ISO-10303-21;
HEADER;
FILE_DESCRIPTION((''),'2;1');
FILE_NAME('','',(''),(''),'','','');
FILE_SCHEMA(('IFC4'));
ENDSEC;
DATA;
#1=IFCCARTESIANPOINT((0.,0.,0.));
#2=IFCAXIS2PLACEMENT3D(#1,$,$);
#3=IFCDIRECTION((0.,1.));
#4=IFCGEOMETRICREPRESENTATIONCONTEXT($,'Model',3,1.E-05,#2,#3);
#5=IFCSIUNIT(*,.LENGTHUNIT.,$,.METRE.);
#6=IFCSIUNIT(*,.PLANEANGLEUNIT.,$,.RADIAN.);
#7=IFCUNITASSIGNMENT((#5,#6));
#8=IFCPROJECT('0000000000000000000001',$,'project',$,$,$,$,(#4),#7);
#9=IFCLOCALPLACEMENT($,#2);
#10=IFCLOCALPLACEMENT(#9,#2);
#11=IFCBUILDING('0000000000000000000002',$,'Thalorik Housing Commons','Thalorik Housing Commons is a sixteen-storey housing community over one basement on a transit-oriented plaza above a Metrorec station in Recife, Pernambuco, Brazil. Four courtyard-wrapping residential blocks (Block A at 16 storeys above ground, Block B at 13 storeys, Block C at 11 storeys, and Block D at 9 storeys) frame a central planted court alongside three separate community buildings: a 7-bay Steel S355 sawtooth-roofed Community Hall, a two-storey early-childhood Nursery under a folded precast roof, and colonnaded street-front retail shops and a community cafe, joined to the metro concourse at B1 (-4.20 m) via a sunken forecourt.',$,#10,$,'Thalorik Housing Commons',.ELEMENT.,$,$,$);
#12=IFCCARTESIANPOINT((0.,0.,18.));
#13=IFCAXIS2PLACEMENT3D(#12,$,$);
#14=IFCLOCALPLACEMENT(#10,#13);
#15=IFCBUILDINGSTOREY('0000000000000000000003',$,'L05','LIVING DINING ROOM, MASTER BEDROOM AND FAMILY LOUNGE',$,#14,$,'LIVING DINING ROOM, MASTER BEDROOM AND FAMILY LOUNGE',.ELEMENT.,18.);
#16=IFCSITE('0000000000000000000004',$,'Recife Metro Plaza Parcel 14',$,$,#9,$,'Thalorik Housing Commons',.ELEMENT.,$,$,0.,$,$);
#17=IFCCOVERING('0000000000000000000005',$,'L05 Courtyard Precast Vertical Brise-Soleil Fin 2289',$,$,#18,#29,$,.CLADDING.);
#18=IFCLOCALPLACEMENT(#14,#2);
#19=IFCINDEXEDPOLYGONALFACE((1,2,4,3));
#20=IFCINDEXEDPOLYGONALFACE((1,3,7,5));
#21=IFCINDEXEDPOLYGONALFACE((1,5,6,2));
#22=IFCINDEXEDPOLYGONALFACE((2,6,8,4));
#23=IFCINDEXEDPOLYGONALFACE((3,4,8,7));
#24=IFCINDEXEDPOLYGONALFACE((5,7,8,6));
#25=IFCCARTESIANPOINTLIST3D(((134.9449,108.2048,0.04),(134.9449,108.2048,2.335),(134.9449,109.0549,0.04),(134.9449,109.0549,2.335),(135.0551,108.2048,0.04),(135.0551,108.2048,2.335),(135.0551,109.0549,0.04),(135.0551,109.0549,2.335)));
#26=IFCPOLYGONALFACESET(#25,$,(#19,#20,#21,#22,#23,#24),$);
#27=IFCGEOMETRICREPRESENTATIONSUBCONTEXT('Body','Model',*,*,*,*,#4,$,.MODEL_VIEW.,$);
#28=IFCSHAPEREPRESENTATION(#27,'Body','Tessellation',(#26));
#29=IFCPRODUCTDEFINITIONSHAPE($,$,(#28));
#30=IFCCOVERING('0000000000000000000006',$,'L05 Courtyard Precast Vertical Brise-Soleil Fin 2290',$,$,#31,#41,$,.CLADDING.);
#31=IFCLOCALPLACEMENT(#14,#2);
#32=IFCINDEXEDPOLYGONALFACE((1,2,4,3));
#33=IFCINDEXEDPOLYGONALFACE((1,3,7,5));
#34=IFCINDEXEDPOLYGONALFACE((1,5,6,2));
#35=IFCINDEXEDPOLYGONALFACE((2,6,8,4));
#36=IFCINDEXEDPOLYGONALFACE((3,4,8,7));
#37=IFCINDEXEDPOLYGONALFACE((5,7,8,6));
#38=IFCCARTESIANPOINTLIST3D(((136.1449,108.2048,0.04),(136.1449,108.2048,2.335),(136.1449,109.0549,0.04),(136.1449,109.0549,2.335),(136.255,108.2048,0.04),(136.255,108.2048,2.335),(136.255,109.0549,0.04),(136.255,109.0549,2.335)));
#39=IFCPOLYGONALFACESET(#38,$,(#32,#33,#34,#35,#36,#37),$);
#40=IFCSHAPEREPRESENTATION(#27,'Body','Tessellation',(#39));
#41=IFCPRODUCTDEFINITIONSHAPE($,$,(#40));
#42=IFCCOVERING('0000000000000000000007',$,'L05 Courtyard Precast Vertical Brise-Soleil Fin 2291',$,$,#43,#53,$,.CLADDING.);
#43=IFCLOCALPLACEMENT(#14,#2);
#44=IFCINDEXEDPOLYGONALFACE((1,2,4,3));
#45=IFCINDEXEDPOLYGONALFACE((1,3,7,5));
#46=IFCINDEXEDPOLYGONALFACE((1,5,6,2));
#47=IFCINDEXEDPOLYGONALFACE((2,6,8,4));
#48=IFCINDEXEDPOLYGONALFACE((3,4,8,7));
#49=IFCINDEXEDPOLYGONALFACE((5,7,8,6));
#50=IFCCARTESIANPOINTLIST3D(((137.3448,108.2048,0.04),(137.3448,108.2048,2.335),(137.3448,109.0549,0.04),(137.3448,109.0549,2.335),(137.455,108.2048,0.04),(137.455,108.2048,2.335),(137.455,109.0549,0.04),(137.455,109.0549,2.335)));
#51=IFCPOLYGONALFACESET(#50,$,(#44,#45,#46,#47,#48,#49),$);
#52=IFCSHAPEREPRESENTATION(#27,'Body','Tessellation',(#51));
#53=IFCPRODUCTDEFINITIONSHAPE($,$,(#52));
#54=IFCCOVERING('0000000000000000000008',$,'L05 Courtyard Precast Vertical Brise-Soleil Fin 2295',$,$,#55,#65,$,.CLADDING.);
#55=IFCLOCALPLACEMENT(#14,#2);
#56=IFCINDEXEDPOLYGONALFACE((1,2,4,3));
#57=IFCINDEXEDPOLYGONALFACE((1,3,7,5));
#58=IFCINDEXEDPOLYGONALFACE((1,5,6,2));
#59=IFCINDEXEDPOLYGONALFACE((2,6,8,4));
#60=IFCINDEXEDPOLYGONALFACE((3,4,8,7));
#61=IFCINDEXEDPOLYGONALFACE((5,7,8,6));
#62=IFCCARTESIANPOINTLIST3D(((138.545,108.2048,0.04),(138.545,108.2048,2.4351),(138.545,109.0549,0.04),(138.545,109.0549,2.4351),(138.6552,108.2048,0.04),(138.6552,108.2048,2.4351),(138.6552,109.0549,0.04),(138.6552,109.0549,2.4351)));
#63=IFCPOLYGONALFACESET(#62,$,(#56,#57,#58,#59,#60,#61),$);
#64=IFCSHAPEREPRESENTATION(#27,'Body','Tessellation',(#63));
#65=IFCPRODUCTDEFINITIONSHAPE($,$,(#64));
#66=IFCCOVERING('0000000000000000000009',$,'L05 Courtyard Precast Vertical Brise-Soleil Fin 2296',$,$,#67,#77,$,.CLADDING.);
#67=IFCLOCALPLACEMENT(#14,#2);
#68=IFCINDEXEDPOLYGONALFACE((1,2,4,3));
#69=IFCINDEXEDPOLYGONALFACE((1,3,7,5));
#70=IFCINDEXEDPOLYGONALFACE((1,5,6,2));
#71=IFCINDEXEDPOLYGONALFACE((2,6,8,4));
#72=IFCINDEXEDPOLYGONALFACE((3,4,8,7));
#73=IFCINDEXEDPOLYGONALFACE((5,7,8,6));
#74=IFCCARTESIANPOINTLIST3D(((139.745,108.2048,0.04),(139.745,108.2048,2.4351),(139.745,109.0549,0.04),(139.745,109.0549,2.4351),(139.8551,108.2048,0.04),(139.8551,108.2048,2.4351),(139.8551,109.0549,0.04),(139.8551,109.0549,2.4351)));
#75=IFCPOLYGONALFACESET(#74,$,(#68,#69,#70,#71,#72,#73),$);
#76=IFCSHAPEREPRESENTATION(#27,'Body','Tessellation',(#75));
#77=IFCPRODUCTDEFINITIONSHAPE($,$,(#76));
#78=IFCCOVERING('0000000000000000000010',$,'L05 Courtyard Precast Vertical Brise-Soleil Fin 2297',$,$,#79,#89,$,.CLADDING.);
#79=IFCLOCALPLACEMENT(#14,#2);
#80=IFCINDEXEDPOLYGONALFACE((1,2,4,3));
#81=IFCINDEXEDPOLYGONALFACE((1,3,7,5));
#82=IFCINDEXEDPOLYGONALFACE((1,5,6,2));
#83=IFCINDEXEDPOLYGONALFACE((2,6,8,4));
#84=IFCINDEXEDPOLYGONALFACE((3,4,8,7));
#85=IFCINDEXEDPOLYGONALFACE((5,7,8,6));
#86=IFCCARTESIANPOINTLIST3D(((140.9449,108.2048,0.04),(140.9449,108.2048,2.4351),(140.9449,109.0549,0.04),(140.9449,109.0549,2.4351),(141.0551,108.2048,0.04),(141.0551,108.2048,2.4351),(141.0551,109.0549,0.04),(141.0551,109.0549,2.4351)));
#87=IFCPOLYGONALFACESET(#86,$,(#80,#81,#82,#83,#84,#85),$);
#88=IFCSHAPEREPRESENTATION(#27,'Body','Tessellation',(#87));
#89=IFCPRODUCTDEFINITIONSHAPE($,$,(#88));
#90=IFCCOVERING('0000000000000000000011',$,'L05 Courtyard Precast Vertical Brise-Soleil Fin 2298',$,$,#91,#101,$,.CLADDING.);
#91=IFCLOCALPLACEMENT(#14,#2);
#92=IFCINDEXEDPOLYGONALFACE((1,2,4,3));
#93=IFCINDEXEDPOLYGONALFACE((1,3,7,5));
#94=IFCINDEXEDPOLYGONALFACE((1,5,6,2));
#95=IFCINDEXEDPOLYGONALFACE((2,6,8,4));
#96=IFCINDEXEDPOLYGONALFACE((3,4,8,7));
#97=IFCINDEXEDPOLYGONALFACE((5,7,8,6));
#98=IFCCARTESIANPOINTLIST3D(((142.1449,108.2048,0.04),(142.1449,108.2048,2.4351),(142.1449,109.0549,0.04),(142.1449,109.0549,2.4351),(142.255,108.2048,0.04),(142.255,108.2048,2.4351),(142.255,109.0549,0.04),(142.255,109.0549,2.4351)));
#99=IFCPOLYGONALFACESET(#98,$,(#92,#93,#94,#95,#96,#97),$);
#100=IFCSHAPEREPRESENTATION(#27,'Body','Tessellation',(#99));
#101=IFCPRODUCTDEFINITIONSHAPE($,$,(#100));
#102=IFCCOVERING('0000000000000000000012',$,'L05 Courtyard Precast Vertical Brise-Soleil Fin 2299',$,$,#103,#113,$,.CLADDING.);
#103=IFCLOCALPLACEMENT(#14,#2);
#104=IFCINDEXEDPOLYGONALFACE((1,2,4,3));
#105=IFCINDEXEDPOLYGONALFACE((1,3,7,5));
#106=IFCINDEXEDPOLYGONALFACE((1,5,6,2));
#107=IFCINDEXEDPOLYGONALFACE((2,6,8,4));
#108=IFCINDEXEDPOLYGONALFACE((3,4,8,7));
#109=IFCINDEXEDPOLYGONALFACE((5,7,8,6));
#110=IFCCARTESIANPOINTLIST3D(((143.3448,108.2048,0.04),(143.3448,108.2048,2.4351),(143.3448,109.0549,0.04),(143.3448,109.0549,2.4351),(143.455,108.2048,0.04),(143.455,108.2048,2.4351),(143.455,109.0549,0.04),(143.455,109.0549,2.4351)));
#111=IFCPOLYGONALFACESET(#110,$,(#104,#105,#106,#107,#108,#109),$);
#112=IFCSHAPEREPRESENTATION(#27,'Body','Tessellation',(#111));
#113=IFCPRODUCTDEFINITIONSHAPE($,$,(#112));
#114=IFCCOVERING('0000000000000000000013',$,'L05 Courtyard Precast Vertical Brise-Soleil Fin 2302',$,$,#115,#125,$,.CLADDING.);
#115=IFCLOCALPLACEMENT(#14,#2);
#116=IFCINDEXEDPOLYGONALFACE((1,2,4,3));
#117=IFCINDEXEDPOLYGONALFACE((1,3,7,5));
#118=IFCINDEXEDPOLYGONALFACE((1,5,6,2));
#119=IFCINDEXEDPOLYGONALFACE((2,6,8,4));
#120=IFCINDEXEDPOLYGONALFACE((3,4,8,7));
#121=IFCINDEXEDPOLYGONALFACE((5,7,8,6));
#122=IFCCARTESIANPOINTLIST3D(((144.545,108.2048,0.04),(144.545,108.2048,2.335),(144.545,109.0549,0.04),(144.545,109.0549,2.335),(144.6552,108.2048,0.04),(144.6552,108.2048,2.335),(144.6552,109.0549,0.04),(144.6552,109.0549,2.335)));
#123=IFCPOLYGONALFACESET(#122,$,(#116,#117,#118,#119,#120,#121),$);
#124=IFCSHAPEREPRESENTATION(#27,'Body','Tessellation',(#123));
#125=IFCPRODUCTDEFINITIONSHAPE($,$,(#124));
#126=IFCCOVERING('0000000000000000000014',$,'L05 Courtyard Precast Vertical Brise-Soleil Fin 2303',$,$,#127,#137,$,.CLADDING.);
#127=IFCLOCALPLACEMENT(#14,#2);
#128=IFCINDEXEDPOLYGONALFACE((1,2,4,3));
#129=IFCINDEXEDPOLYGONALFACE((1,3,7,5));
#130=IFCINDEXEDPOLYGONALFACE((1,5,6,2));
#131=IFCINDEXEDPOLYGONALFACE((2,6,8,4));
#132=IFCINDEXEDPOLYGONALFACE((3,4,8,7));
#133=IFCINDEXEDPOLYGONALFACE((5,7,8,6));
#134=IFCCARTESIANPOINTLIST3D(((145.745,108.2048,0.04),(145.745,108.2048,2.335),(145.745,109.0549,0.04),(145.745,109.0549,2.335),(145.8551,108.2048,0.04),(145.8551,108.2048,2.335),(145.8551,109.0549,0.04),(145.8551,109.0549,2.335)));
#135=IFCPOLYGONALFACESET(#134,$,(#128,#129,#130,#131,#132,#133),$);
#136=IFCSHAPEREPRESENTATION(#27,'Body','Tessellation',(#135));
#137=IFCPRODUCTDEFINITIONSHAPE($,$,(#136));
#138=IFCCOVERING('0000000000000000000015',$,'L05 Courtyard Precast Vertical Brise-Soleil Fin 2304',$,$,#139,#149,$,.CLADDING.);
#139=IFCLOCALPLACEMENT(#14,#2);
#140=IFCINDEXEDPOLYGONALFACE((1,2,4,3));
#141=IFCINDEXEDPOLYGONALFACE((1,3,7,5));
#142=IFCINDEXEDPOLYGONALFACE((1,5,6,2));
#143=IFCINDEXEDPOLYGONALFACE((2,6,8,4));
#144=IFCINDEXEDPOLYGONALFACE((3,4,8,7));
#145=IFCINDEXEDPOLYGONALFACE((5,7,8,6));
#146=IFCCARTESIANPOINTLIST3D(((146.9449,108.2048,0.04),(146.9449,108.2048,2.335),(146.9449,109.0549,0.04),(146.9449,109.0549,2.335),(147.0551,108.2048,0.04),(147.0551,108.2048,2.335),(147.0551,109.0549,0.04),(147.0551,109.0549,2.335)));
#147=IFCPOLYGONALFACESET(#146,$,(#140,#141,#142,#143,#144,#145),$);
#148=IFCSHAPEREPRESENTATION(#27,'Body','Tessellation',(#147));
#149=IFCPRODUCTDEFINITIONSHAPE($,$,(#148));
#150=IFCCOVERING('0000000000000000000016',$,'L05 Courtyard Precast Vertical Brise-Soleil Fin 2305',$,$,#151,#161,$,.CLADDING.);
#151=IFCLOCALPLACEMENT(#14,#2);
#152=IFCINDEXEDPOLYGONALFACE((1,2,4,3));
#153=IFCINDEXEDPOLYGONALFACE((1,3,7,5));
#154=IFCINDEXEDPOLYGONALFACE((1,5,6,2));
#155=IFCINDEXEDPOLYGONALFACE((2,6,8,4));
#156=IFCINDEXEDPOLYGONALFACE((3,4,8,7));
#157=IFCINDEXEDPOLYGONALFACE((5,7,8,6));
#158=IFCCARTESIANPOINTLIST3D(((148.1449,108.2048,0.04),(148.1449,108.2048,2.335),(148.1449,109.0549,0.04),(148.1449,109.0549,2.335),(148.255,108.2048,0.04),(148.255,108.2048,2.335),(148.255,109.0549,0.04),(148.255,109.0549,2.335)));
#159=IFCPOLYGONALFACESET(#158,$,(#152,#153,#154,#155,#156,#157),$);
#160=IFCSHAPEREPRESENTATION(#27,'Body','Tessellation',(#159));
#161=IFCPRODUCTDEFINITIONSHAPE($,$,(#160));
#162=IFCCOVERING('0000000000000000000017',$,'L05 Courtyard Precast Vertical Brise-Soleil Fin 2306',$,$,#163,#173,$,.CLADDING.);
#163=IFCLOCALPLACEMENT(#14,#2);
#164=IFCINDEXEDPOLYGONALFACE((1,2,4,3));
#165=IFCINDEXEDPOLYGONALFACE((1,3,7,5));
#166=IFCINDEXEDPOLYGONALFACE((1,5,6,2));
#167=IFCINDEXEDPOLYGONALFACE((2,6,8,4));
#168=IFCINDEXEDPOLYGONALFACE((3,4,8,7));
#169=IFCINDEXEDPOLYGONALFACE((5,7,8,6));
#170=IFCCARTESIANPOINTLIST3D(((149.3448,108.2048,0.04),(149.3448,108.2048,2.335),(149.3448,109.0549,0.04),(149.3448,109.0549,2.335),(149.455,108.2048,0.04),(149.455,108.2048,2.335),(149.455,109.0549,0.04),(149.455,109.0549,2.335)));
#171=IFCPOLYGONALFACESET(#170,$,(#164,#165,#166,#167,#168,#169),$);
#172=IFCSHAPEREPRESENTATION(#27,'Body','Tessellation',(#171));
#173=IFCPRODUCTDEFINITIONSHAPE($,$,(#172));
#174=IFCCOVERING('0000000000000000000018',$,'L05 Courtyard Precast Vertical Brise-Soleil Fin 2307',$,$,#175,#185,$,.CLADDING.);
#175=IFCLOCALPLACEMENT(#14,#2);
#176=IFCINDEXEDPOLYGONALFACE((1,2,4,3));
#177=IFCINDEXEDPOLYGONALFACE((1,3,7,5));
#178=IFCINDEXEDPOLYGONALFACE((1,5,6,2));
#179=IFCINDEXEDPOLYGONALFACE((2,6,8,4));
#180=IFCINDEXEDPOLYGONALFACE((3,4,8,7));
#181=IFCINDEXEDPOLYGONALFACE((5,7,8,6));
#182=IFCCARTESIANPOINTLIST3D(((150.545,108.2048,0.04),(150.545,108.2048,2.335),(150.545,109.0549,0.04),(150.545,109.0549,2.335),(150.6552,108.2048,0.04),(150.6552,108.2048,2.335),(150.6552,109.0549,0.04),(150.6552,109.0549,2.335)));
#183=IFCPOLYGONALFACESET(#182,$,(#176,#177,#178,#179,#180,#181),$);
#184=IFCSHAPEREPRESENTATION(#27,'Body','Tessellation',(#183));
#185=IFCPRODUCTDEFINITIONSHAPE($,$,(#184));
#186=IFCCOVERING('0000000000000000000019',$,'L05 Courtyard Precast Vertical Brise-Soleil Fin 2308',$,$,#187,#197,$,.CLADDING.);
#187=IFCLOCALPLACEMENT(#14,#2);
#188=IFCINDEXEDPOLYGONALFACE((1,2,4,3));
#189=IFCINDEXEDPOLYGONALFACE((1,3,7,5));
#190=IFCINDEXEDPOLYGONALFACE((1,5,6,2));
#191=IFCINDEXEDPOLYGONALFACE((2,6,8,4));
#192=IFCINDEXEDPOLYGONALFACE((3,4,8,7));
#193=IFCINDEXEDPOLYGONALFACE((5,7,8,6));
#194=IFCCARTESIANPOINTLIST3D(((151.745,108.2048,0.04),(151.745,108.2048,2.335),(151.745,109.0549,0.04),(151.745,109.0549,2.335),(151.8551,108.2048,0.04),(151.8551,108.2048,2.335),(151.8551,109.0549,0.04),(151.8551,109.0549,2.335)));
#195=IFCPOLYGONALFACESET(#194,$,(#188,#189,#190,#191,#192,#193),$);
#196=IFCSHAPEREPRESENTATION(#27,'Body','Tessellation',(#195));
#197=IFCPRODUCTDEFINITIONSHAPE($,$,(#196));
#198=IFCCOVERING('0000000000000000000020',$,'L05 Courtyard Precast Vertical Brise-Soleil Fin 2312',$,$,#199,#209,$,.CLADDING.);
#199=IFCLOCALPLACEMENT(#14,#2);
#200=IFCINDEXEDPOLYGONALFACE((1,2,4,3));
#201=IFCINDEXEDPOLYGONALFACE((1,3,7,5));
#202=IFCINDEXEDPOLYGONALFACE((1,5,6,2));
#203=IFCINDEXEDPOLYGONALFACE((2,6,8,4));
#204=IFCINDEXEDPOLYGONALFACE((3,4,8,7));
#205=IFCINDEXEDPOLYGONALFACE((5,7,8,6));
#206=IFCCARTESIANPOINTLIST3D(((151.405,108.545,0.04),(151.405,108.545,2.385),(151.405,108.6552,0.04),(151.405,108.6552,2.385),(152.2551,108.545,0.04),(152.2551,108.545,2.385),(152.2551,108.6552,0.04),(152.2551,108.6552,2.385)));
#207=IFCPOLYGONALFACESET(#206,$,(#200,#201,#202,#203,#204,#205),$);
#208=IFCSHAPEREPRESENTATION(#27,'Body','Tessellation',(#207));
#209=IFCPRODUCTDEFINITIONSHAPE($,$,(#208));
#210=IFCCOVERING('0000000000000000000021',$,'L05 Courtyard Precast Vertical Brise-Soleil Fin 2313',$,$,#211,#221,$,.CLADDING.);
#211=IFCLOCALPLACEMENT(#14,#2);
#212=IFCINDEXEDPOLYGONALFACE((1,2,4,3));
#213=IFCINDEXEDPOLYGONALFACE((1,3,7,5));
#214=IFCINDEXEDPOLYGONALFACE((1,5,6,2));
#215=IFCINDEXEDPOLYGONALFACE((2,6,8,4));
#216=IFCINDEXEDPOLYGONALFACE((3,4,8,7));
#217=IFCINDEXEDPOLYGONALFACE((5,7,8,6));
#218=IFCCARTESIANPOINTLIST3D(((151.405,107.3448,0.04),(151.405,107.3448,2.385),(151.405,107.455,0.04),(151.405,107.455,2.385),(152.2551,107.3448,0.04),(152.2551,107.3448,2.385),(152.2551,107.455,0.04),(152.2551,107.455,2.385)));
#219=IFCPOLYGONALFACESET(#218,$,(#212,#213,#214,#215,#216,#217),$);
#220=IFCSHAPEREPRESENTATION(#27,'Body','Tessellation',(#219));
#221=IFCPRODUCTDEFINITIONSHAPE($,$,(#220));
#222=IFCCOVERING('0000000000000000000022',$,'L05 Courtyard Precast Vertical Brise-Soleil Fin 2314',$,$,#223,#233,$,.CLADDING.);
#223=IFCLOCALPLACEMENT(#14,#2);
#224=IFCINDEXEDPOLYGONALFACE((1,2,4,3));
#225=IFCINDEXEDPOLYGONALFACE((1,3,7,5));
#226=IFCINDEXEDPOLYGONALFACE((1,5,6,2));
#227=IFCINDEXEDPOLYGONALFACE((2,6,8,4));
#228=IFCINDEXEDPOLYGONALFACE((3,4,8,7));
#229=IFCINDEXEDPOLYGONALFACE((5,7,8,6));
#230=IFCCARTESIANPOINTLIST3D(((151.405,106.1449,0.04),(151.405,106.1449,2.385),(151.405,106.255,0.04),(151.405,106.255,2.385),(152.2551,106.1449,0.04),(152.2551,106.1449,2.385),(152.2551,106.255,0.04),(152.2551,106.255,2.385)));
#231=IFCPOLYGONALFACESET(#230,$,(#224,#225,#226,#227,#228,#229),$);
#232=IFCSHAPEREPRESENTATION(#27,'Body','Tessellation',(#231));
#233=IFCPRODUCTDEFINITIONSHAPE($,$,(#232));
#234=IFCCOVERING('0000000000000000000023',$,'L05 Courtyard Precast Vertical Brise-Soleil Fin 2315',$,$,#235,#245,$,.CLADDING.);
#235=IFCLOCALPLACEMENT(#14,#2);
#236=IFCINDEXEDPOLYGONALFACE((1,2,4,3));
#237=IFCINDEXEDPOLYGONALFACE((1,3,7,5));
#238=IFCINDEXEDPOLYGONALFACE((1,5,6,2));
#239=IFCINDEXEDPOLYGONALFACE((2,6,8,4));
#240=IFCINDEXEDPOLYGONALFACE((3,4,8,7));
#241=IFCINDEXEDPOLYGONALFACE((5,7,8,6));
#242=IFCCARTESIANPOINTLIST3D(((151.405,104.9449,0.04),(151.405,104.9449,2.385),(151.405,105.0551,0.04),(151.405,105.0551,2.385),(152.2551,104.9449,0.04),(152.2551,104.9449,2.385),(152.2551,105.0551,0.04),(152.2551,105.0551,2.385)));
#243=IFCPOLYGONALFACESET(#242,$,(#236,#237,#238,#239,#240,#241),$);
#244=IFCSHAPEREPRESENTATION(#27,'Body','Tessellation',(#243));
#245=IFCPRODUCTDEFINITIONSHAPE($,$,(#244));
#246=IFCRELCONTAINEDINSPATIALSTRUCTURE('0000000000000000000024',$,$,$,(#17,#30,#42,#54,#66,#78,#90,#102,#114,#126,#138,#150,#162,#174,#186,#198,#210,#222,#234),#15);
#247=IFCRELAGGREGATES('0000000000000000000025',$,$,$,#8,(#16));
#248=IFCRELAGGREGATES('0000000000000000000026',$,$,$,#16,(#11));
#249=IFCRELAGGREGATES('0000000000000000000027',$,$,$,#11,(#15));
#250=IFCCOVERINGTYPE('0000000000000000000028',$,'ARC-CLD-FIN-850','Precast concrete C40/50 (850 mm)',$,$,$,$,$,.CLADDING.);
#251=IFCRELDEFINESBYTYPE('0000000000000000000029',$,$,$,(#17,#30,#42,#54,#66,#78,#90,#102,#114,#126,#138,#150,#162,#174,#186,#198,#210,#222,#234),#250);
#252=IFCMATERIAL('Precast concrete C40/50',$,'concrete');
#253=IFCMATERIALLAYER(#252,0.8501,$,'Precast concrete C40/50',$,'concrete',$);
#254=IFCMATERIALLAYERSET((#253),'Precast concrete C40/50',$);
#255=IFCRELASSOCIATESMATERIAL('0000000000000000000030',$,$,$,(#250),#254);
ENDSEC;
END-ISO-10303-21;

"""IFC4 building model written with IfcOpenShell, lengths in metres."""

from ifc_helpers import new_model, si_unit, direction, frame, origin, origin_2d, place, context, subcontext, project, spatial, rectangle, extrude, material, layer, layer_set, type_object, element, save


model = new_model("IFC4")

# Units and contexts
model_context = context("Model", 3, precision=1e-05, world=origin(), true_north=direction((0.0, 1.0)))
body_context = subcontext(model_context, "Body", "Model", "MODEL_VIEW")
ifc_project = project(units=[si_unit("LENGTHUNIT", "METRE"), si_unit("PLANEANGLEUNIT", "RADIAN")], contexts=[model_context])

# Site, building, storey
site_placement = place(None, origin())
site = spatial("IfcSite", under=ifc_project, at=site_placement, Name="Recife Metro Plaza Parcel 14", LongName="Thalorik Housing Commons", CompositionType="ELEMENT", RefElevation=0.0)
building_placement = place(site_placement, origin())
building = spatial("IfcBuilding", under=site, at=building_placement, Name="Thalorik Housing Commons", Description="Thalorik Housing Commons is a sixteen-storey housing community over one basement on a transit-oriented plaza above a Metrorec station in Recife, Pernambuco, Brazil. Four courtyard-wrapping residential blocks (Block A at 16 storeys above ground, Block B at 13 storeys, Block C at 11 storeys, and Block D at 9 storeys) frame a central planted court alongside three separate community buildings: a 7-bay Steel S355 sawtooth-roofed Community Hall, a two-storey early-childhood Nursery under a folded precast roof, and colonnaded street-front retail shops and a community cafe, joined to the metro concourse at B1 (-4.20 m) via a sunken forecourt.", LongName="Thalorik Housing Commons", CompositionType="ELEMENT")
storey_placement = place(building_placement, frame((0.0, 0.0, 18.0)))
storey = spatial("IfcBuildingStorey", under=building, at=storey_placement, Name="L05", Description="LIVING DINING ROOM, MASTER BEDROOM AND FAMILY LOUNGE", LongName="LIVING DINING ROOM, MASTER BEDROOM AND FAMILY LOUNGE", CompositionType="ELEMENT", Elevation=18.0)

# Coverings
ifc_material = material(Name="Precast concrete C40/50", Category="concrete")
ifc_layer_1 = layer(ifc_material, 0.8501, Name="Precast concrete C40/50", Category="concrete")
ifc_layer_set_1 = layer_set([ifc_layer_1], Name="Precast concrete C40/50")
covering_type_1 = type_object("IfcCoveringType", Name="ARC-CLD-FIN-850", Description="Precast concrete C40/50 (850 mm)", PredefinedType="CLADDING", material=ifc_layer_set_1)
for number, where, z_axis, x_axis, name in (
    (1, (135.0, 108.6299, 0.04), (0.0, 0.0, 1.0), (1.0, 0.0, 0.0), "L05 Courtyard Precast Vertical Brise-Soleil Fin 2289"),
    (2, (136.2, 108.6299, 0.04), (0.0, 0.0, 1.0), (1.0, 0.0, 0.0), "L05 Courtyard Precast Vertical Brise-Soleil Fin 2290"),
    (3, (137.3999, 108.6299, 0.04), (0.0, 0.0, 1.0), (1.0, 0.0, 0.0), "L05 Courtyard Precast Vertical Brise-Soleil Fin 2291"),
):
    element("IfcCovering", number, at=place(storey_placement, frame(where, z_axis=z_axis, x_axis=x_axis)), inside=storey, type_object=covering_type_1, Name=name, PredefinedType="CLADDING", context=body_context, shape_type="SweptSolid", body=[
        extrude(rectangle(XDim=0.1101, YDim=0.8501, at=origin_2d()), origin(), (0.0, 0.0, 1.0), 2.2949),
    ])
for number, where, z_axis, x_axis, name in (
    (4, (138.6001, 108.6299, 0.04), (0.0, 0.0, 1.0), (1.0, 0.0, 0.0), "L05 Courtyard Precast Vertical Brise-Soleil Fin 2295"),
    (5, (139.8, 108.6299, 0.04), (0.0, 0.0, 1.0), (1.0, 0.0, 0.0), "L05 Courtyard Precast Vertical Brise-Soleil Fin 2296"),
    (6, (141.0, 108.6299, 0.04), (0.0, 0.0, 1.0), (1.0, 0.0, 0.0), "L05 Courtyard Precast Vertical Brise-Soleil Fin 2297"),
    (7, (142.2, 108.6299, 0.04), (0.0, 0.0, 1.0), (1.0, 0.0, 0.0), "L05 Courtyard Precast Vertical Brise-Soleil Fin 2298"),
    (8, (143.3999, 108.6299, 0.04), (0.0, 0.0, 1.0), (1.0, 0.0, 0.0), "L05 Courtyard Precast Vertical Brise-Soleil Fin 2299"),
):
    element("IfcCovering", number, at=place(storey_placement, frame(where, z_axis=z_axis, x_axis=x_axis)), inside=storey, type_object=covering_type_1, Name=name, PredefinedType="CLADDING", context=body_context, shape_type="SweptSolid", body=[
        extrude(rectangle(XDim=0.1101, YDim=0.8501, at=origin_2d()), origin(), (0.0, 0.0, 1.0), 2.395),
    ])
for number, where, z_axis, x_axis, name in (
    (9, (144.6001, 108.6299, 0.04), (0.0, 0.0, 1.0), (1.0, 0.0, 0.0), "L05 Courtyard Precast Vertical Brise-Soleil Fin 2302"),
    (10, (145.8, 108.6299, 0.04), (0.0, 0.0, 1.0), (1.0, 0.0, 0.0), "L05 Courtyard Precast Vertical Brise-Soleil Fin 2303"),
    (11, (147.0, 108.6299, 0.04), (0.0, 0.0, 1.0), (1.0, 0.0, 0.0), "L05 Courtyard Precast Vertical Brise-Soleil Fin 2304"),
    (12, (148.2, 108.6299, 0.04), (0.0, 0.0, 1.0), (1.0, 0.0, 0.0), "L05 Courtyard Precast Vertical Brise-Soleil Fin 2305"),
    (13, (149.3999, 108.6299, 0.04), (0.0, 0.0, 1.0), (1.0, 0.0, 0.0), "L05 Courtyard Precast Vertical Brise-Soleil Fin 2306"),
    (14, (150.6001, 108.6299, 0.04), (0.0, 0.0, 1.0), (1.0, 0.0, 0.0), "L05 Courtyard Precast Vertical Brise-Soleil Fin 2307"),
    (15, (151.8, 108.6299, 0.04), (0.0, 0.0, 1.0), (1.0, 0.0, 0.0), "L05 Courtyard Precast Vertical Brise-Soleil Fin 2308"),
):
    element("IfcCovering", number, at=place(storey_placement, frame(where, z_axis=z_axis, x_axis=x_axis)), inside=storey, type_object=covering_type_1, Name=name, PredefinedType="CLADDING", context=body_context, shape_type="SweptSolid", body=[
        extrude(rectangle(XDim=0.1101, YDim=0.8501, at=origin_2d()), origin(), (0.0, 0.0, 1.0), 2.2949),
    ])
for number, where, z_axis, x_axis, name in (
    (16, (151.8301, 108.6001, 0.04), (0.0, 0.0, 1.0), (0.0, -1.0, 0.0), "L05 Courtyard Precast Vertical Brise-Soleil Fin 2312"),
    (17, (151.8301, 107.3999, 0.04), (0.0, 0.0, 1.0), (0.0, -1.0, 0.0), "L05 Courtyard Precast Vertical Brise-Soleil Fin 2313"),
    (18, (151.8301, 106.2, 0.04), (0.0, 0.0, 1.0), (0.0, -1.0, 0.0), "L05 Courtyard Precast Vertical Brise-Soleil Fin 2314"),
    (19, (151.8301, 105.0, 0.04), (0.0, 0.0, 1.0), (0.0, -1.0, 0.0), "L05 Courtyard Precast Vertical Brise-Soleil Fin 2315"),
):
    element("IfcCovering", number, at=place(storey_placement, frame(where, z_axis=z_axis, x_axis=x_axis)), inside=storey, type_object=covering_type_1, Name=name, PredefinedType="CLADDING", context=body_context, shape_type="SweptSolid", body=[
        extrude(rectangle(XDim=0.1101, YDim=0.8501, at=origin_2d()), origin(), (0.0, 0.0, 1.0), 2.345),
    ])

save(model, "model.ifc")
